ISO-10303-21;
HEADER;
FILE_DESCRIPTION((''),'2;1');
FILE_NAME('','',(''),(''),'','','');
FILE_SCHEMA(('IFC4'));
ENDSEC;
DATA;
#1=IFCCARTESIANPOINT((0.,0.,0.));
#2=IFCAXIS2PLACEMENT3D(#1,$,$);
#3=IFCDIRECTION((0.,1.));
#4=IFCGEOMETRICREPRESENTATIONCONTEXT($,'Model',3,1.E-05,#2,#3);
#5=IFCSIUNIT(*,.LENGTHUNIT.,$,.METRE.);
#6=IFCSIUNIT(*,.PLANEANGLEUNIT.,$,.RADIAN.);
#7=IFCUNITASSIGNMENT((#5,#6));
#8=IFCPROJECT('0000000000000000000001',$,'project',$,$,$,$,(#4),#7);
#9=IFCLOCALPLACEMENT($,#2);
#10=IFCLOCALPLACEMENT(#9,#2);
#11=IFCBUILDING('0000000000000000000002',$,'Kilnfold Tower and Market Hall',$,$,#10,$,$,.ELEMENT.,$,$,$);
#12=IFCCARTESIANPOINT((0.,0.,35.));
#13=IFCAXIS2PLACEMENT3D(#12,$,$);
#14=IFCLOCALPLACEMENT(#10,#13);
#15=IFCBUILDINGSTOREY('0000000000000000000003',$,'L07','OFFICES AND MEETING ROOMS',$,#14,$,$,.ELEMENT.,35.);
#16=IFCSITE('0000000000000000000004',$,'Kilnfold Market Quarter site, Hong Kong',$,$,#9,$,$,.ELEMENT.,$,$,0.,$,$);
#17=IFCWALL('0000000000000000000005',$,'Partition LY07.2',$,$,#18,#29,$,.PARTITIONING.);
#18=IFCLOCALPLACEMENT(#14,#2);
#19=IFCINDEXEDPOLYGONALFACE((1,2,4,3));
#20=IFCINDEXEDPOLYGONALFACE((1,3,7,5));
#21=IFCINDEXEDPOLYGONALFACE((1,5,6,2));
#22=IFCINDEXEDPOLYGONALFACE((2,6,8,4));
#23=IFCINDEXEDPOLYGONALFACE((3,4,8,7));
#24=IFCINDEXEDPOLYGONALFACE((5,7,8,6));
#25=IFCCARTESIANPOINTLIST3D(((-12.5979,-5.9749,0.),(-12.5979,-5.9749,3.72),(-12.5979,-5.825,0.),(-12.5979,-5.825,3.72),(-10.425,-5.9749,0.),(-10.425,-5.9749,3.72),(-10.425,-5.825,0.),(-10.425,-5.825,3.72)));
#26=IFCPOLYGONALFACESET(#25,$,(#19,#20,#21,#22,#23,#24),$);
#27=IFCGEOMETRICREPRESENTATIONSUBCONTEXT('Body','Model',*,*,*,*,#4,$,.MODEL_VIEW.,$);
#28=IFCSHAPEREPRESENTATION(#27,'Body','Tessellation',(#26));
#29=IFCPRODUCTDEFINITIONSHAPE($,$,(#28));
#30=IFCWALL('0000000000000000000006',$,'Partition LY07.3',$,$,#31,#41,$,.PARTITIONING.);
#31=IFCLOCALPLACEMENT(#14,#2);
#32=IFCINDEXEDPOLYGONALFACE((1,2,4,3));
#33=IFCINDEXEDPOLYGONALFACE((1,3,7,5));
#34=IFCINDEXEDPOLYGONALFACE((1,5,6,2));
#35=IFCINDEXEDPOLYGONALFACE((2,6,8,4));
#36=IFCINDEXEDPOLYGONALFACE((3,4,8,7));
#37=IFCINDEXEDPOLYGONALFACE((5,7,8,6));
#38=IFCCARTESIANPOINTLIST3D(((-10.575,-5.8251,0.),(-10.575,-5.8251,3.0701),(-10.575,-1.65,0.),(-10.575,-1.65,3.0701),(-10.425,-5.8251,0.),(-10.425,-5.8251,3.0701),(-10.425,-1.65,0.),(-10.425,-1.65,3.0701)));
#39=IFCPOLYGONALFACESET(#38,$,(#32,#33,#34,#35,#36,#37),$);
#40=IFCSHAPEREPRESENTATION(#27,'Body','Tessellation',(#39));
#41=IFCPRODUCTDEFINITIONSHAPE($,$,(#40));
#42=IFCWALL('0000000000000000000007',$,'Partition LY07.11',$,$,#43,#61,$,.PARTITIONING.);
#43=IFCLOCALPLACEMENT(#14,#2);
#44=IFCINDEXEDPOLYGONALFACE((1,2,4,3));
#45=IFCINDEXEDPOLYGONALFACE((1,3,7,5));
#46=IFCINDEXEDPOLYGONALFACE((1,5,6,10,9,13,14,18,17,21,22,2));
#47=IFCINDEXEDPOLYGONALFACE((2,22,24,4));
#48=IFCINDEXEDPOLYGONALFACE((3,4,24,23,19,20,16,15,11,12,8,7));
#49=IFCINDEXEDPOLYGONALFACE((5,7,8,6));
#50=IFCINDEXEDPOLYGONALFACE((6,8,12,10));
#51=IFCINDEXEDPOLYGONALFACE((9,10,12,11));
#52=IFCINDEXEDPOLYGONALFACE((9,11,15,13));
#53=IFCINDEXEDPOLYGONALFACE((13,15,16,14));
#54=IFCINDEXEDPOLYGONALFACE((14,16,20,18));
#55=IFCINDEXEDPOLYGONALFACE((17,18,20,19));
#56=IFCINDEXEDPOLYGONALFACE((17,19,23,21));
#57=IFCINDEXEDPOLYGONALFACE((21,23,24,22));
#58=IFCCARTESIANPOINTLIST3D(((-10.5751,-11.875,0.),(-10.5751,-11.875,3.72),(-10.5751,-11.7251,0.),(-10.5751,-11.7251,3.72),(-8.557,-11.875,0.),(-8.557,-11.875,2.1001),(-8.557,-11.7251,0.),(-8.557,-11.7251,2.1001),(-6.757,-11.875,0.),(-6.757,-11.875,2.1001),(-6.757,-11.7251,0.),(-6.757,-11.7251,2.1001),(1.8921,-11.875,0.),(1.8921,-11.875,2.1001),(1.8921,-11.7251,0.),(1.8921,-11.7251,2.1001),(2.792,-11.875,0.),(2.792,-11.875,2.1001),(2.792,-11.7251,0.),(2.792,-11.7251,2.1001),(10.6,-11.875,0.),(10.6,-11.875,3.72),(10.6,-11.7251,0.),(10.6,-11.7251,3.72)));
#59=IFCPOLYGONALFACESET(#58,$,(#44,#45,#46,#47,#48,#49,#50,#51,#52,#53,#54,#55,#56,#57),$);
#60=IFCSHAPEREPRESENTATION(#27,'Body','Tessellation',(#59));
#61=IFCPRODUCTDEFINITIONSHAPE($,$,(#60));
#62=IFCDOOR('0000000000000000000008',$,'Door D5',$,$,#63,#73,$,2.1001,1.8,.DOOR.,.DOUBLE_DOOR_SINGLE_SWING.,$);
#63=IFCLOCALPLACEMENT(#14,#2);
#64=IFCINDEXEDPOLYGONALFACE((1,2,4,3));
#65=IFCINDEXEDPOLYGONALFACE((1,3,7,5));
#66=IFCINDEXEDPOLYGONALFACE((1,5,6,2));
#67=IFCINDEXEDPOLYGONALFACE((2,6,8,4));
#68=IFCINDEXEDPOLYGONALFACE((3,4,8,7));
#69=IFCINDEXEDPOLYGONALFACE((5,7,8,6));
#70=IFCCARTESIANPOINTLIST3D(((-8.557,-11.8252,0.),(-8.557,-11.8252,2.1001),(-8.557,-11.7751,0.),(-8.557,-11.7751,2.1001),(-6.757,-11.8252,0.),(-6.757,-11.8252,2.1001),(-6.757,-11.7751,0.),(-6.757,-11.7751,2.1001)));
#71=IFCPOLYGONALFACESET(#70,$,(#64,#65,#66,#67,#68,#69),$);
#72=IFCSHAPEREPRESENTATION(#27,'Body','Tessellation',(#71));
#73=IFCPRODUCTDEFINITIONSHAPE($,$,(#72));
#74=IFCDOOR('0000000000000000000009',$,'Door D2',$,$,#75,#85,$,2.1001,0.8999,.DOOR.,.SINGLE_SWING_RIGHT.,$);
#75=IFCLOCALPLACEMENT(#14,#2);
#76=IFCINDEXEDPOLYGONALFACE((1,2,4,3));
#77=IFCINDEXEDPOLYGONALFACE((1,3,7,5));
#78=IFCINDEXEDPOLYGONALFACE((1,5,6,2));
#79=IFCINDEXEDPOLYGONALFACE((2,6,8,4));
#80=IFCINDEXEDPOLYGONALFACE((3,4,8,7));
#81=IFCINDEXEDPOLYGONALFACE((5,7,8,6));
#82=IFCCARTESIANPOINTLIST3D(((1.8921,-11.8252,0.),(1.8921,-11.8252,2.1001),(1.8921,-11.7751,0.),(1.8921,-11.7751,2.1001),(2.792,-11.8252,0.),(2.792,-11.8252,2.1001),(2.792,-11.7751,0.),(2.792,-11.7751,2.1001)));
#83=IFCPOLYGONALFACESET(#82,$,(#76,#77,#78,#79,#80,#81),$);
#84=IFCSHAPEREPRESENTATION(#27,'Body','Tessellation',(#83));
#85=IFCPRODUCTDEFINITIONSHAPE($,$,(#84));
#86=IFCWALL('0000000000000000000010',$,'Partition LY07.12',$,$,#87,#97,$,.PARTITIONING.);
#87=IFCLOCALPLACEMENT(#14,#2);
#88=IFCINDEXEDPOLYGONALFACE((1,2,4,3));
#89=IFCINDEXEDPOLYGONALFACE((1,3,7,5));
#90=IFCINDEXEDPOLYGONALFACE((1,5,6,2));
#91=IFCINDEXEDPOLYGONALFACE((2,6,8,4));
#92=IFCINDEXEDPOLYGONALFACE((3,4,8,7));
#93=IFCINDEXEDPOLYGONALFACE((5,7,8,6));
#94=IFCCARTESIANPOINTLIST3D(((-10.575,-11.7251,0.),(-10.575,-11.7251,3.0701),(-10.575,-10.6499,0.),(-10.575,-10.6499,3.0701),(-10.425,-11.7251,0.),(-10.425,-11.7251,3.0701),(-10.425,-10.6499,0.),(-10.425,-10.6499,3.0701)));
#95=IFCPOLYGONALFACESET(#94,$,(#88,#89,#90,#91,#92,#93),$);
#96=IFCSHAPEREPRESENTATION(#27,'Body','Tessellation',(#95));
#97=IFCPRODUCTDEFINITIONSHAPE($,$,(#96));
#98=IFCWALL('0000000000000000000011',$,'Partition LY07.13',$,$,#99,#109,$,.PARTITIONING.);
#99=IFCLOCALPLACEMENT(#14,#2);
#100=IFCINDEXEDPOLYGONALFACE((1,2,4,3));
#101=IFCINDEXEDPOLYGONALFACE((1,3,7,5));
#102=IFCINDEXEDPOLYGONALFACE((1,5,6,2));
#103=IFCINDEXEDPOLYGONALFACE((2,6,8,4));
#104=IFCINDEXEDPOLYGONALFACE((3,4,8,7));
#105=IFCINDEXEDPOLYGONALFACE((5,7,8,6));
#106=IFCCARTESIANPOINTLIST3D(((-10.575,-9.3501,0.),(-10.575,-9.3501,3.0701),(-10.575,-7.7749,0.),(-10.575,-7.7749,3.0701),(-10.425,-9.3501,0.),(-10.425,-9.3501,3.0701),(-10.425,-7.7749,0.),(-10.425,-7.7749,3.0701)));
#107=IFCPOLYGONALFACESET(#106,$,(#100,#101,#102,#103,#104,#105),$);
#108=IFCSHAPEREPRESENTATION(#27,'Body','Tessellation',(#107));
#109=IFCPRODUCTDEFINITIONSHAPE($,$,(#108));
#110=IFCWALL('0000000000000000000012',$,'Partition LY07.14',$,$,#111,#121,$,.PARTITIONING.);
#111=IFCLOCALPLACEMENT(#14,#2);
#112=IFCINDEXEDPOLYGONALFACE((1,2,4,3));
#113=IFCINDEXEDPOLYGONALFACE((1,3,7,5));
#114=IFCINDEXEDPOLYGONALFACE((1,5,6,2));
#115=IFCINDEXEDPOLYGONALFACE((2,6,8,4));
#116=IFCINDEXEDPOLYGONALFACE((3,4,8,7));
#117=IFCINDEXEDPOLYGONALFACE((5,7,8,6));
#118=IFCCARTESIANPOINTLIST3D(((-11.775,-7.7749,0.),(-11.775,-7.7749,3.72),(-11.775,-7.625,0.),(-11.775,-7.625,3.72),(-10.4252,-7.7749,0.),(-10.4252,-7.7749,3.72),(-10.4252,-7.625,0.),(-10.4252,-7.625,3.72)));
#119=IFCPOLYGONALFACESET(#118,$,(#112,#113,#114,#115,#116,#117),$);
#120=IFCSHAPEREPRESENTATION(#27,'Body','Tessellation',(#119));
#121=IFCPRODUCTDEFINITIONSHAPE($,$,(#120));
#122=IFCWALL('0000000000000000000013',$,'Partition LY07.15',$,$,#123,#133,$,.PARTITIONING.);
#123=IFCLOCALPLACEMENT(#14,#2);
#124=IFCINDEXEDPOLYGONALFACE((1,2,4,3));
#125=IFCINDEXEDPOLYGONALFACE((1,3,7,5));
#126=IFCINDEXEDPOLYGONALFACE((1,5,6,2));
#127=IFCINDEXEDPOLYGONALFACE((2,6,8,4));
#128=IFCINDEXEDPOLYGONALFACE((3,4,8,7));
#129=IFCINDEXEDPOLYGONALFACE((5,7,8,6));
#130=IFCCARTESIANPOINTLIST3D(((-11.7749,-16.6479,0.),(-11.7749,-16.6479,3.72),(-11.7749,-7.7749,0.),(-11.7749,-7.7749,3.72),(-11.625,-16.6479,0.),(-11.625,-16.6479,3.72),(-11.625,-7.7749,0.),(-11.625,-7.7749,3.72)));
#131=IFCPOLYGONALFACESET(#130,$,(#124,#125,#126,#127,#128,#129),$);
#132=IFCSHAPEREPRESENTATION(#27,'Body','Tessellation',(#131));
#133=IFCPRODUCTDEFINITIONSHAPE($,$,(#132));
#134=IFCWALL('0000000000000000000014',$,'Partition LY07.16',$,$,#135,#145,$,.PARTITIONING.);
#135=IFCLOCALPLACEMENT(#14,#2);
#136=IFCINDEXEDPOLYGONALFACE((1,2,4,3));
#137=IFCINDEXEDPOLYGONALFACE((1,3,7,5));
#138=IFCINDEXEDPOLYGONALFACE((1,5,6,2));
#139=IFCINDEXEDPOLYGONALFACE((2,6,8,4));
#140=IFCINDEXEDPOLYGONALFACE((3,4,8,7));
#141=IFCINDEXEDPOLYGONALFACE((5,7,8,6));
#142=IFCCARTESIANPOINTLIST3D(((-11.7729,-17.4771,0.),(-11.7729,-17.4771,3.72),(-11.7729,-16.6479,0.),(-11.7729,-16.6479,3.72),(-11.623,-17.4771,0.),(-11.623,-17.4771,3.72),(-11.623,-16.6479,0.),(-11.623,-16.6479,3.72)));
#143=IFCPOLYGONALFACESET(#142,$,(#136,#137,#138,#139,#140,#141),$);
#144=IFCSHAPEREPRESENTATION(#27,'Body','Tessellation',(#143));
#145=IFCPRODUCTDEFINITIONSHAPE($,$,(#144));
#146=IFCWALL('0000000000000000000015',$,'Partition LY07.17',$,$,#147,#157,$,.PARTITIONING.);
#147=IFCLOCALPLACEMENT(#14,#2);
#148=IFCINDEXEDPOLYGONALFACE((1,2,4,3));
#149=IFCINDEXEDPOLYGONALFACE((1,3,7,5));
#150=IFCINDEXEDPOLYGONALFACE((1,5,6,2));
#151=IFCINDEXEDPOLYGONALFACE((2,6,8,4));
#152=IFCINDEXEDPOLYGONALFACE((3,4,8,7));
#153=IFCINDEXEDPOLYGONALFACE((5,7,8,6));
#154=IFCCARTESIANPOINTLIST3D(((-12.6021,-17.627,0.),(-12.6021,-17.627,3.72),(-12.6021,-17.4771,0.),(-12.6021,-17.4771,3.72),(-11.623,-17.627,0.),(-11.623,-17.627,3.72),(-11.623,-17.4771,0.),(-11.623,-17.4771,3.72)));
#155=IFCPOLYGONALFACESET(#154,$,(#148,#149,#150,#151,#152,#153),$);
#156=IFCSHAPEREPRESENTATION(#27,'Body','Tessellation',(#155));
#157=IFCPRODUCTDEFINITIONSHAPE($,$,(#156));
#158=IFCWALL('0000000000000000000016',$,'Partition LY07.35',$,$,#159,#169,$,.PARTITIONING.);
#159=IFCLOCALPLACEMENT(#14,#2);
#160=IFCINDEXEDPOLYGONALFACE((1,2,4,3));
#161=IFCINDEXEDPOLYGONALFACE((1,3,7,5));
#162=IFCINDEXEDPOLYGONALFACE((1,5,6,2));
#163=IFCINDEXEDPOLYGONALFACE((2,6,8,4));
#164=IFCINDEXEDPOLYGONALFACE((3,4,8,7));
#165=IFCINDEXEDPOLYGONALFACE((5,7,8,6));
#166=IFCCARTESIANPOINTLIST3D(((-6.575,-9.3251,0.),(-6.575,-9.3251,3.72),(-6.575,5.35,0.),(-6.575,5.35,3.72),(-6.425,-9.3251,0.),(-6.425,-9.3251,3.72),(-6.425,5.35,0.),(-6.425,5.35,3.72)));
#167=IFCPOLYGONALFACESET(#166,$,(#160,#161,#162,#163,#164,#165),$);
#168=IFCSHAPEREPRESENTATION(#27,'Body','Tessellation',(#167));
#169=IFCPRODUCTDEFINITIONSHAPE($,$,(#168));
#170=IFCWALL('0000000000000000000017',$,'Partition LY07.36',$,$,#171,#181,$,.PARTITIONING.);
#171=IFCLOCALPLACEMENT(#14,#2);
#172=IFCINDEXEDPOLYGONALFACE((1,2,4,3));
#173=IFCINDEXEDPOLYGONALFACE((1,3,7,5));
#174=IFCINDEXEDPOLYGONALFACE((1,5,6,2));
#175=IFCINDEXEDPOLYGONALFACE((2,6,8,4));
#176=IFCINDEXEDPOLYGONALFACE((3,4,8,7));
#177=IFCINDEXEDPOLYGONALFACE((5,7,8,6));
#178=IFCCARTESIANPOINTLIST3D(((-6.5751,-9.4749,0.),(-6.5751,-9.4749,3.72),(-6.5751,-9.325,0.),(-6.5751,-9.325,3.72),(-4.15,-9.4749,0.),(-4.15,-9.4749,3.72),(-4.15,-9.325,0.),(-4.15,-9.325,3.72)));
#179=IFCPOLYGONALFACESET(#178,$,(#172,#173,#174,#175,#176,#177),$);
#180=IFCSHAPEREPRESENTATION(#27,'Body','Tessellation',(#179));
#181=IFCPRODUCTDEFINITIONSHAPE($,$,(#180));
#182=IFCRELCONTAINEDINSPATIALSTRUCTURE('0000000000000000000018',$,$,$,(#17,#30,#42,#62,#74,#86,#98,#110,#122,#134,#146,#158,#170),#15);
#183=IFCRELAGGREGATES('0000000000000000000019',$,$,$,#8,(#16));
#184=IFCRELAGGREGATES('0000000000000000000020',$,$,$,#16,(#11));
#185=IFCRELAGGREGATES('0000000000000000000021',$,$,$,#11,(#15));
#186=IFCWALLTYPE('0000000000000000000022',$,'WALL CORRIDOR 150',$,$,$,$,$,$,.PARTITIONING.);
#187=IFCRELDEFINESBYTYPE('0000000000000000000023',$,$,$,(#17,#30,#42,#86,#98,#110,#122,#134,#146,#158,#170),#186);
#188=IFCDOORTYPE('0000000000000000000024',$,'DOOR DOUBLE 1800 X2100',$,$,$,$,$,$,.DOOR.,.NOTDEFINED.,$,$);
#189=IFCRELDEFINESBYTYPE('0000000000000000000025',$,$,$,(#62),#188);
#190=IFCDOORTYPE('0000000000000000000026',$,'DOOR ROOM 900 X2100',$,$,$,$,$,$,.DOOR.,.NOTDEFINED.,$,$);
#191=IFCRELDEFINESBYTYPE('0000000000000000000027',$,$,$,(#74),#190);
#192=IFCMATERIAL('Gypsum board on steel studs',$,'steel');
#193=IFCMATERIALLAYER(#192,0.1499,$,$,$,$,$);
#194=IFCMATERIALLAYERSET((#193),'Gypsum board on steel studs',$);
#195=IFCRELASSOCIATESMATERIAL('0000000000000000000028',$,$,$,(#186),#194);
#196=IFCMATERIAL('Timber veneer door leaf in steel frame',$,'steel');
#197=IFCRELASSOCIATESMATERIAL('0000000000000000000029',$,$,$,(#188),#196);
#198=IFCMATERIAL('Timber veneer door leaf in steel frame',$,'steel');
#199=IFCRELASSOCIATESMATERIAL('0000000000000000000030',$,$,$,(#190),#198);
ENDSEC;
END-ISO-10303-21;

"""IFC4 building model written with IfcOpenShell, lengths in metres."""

from ifc_helpers import new_model, si_unit, direction, frame, frame_2d, origin, place, context, subcontext, project, spatial, rectangle, extrude, material, layer, layer_set, type_object, element, fill, save


model = new_model("IFC4")

# Units and contexts
model_context = context("Model", 3, precision=1e-05, world=origin(), true_north=direction((0.0, 1.0)))
body_context = subcontext(model_context, "Body", "Model", "MODEL_VIEW")
ifc_project = project(units=[si_unit("LENGTHUNIT", "METRE"), si_unit("PLANEANGLEUNIT", "RADIAN")], contexts=[model_context])

# Site, building, storey
site_placement = place(None, origin())
site = spatial("IfcSite", under=ifc_project, at=site_placement, Name="Kilnfold Market Quarter site, Hong Kong", CompositionType="ELEMENT", RefElevation=0.0)
building_placement = place(site_placement, origin())
building = spatial("IfcBuilding", under=site, at=building_placement, Name="Kilnfold Tower and Market Hall", CompositionType="ELEMENT")
storey_placement = place(building_placement, frame((0.0, 0.0, 35.0)))
storey = spatial("IfcBuildingStorey", under=building, at=storey_placement, Name="L07", Description="OFFICES AND MEETING ROOMS", CompositionType="ELEMENT", Elevation=35.0)

# Walls
ifc_material_1 = material(Name="Gypsum board on steel studs", Category="steel")
ifc_layer_1 = layer(ifc_material_1, 0.1499)
ifc_layer_set_1 = layer_set([ifc_layer_1], Name="Gypsum board on steel studs")
wall_type_1 = type_object("IfcWallType", Name="WALL CORRIDOR 150", PredefinedType="PARTITIONING", material=ifc_layer_set_1)
wall_1_placement = place(storey_placement, frame((-10.425, -5.8999, 0.0), z_axis=(0.0, 0.0, 1.0), x_axis=(-1.0, 0.0, 0.0)))
element("IfcWall", 1, at=wall_1_placement, inside=storey, type_object=wall_type_1, Name="Partition LY07.2", PredefinedType="PARTITIONING", context=body_context, shape_type="SweptSolid", body=[
    extrude(rectangle(XDim=2.1729, YDim=0.1499, at=frame_2d((1.0864, 0.0))), origin(), (0.0, 0.0, 1.0), 3.72),
])
wall_2_placement = place(storey_placement, frame((-10.5, -5.825, 0.0), z_axis=(0.0, 0.0, 1.0), x_axis=(0.0, 1.0, 0.0)))
element("IfcWall", 2, at=wall_2_placement, inside=storey, type_object=wall_type_1, Name="Partition LY07.3", PredefinedType="PARTITIONING", context=body_context, shape_type="SweptSolid", body=[
    extrude(rectangle(XDim=4.175, YDim=0.1499, at=frame_2d((2.0874, 0.0))), origin(), (0.0, 0.0, 1.0), 3.0701),
])

# Wall, openings, doors
wall_3_placement = place(storey_placement, frame((-10.575, -11.8, 0.0), z_axis=(0.0, 0.0, 1.0), x_axis=(1.0, 0.0, 0.0)))
wall_3 = element("IfcWall", 3, at=wall_3_placement, inside=storey, type_object=wall_type_1, Name="Partition LY07.11", PredefinedType="PARTITIONING", context=body_context, shape_type="SweptSolid", body=[
    extrude(rectangle(XDim=21.175, YDim=0.1499, at=frame_2d((10.5874, 0.0))), origin(), (0.0, 0.0, 1.0), 3.72),
])
opening_1_placement = place(wall_3_placement, frame((2.0181, 0.0, 0.0)))
opening_1 = element("IfcOpeningElement", 4, at=opening_1_placement, cuts=wall_3, PredefinedType="OPENING", context=body_context, shape_type="SweptSolid", body=[
    extrude(rectangle(XDim=1.8, YDim=2.1001, at=frame_2d((0.8999, 1.05))), frame((0.0, 0.085, 0.0), z_axis=(0.0, -1.0, 0.0), x_axis=(1.0, 0.0, 0.0)), (0.0, 0.0, 1.0), 0.1699),
])
opening_2_placement = place(wall_3_placement, frame((12.467, 0.0, 0.0)))
opening_2 = element("IfcOpeningElement", 5, at=opening_2_placement, cuts=wall_3, PredefinedType="OPENING", context=body_context, shape_type="SweptSolid", body=[
    extrude(rectangle(XDim=0.8999, YDim=2.1001, at=frame_2d((0.45, 1.05))), frame((0.0, 0.085, 0.0), z_axis=(0.0, -1.0, 0.0), x_axis=(1.0, 0.0, 0.0)), (0.0, 0.0, 1.0), 0.1699),
])
ifc_material_2 = material(Name="Timber veneer door leaf in steel frame", Category="steel")
door_type_1 = type_object("IfcDoorType", Name="DOOR DOUBLE 1800 X2100", OperationType="NOTDEFINED", PredefinedType="DOOR", material=ifc_material_2)
door_1_placement = place(opening_1_placement, origin())
door_1 = element("IfcDoor", 6, at=door_1_placement, inside=storey, type_object=door_type_1, Name="Door D5", OperationType="DOUBLE_DOOR_SINGLE_SWING", OverallHeight=2.1001, OverallWidth=1.8, PredefinedType="DOOR", context=body_context, shape_type="SweptSolid", body=[
    extrude(rectangle(XDim=1.8, YDim=2.1001, at=frame_2d((0.8999, 1.05))), frame((0.0, 0.0249, 0.0), z_axis=(0.0, -1.0, 0.0), x_axis=(1.0, 0.0, 0.0)), (0.0, 0.0, 1.0), 0.05),
])
fill(opening_1, door_1)
ifc_material_3 = material(Name="Timber veneer door leaf in steel frame", Category="steel")
door_type_2 = type_object("IfcDoorType", Name="DOOR ROOM 900 X2100", OperationType="NOTDEFINED", PredefinedType="DOOR", material=ifc_material_3)
door_2_placement = place(opening_2_placement, origin())
door_2 = element("IfcDoor", 7, at=door_2_placement, inside=storey, type_object=door_type_2, Name="Door D2", OperationType="SINGLE_SWING_RIGHT", OverallHeight=2.1001, OverallWidth=0.8999, PredefinedType="DOOR", context=body_context, shape_type="SweptSolid", body=[
    extrude(rectangle(XDim=0.8999, YDim=2.1001, at=frame_2d((0.45, 1.05))), frame((0.0, 0.0249, 0.0), z_axis=(0.0, -1.0, 0.0), x_axis=(1.0, 0.0, 0.0)), (0.0, 0.0, 1.0), 0.05),
])
fill(opening_2, door_2)

# Walls
wall_4_placement = place(storey_placement, frame((-10.5, -11.7251, 0.0), z_axis=(0.0, 0.0, 1.0), x_axis=(0.0, 1.0, 0.0)))
element("IfcWall", 8, at=wall_4_placement, inside=storey, type_object=wall_type_1, Name="Partition LY07.12", PredefinedType="PARTITIONING", context=body_context, shape_type="SweptSolid", body=[
    extrude(rectangle(XDim=1.0752, YDim=0.1499, at=frame_2d((0.5376, 0.0))), origin(), (0.0, 0.0, 1.0), 3.0701),
])
wall_5_placement = place(storey_placement, frame((-10.5, -9.3501, 0.0), z_axis=(0.0, 0.0, 1.0), x_axis=(0.0, 1.0, 0.0)))
element("IfcWall", 9, at=wall_5_placement, inside=storey, type_object=wall_type_1, Name="Partition LY07.13", PredefinedType="PARTITIONING", context=body_context, shape_type="SweptSolid", body=[
    extrude(rectangle(XDim=1.5752, YDim=0.1499, at=frame_2d((0.7876, 0.0))), origin(), (0.0, 0.0, 1.0), 3.0701),
])
wall_6_placement = place(storey_placement, frame((-11.7749, -7.7, 0.0), z_axis=(0.0, 0.0, 1.0), x_axis=(1.0, 0.0, 0.0)))
element("IfcWall", 10, at=wall_6_placement, inside=storey, type_object=wall_type_1, Name="Partition LY07.14", PredefinedType="PARTITIONING", context=body_context, shape_type="SweptSolid", body=[
    extrude(rectangle(XDim=1.3499, YDim=0.1499, at=frame_2d((0.6748, 0.0))), origin(), (0.0, 0.0, 1.0), 3.72),
])
wall_7_placement = place(storey_placement, frame((-11.7, -16.6479, 0.0), z_axis=(0.0, 0.0, 1.0), x_axis=(0.0, 1.0, 0.0)))
element("IfcWall", 11, at=wall_7_placement, inside=storey, type_object=wall_type_1, Name="Partition LY07.15", PredefinedType="PARTITIONING", context=body_context, shape_type="SweptSolid", body=[
    extrude(rectangle(XDim=8.873, YDim=0.1499, at=frame_2d((4.4365, 0.0))), origin(), (0.0, 0.0, 1.0), 3.72),
])
wall_8_placement = place(storey_placement, frame((-11.698, -17.4771, 0.0), z_axis=(0.0, 0.0, 1.0), x_axis=(0.0, 1.0, 0.0)))
element("IfcWall", 12, at=wall_8_placement, inside=storey, type_object=wall_type_1, Name="Partition LY07.16", PredefinedType="PARTITIONING", context=body_context, shape_type="SweptSolid", body=[
    extrude(rectangle(XDim=0.8291, YDim=0.1499, at=frame_2d((0.4146, 0.0))), origin(), (0.0, 0.0, 1.0), 3.72),
])
wall_9_placement = place(storey_placement, frame((-12.6021, -17.552, 0.0), z_axis=(0.0, 0.0, 1.0), x_axis=(1.0, 0.0, 0.0)))
element("IfcWall", 13, at=wall_9_placement, inside=storey, type_object=wall_type_1, Name="Partition LY07.17", PredefinedType="PARTITIONING", context=body_context, shape_type="SweptSolid", body=[
    extrude(rectangle(XDim=0.979, YDim=0.1499, at=frame_2d((0.4895, 0.0))), origin(), (0.0, 0.0, 1.0), 3.72),
])
wall_10_placement = place(storey_placement, frame((-6.5, -9.325, 0.0), z_axis=(0.0, 0.0, 1.0), x_axis=(0.0, 1.0, 0.0)))
element("IfcWall", 14, at=wall_10_placement, inside=storey, type_object=wall_type_1, Name="Partition LY07.35", PredefinedType="PARTITIONING", context=body_context, shape_type="SweptSolid", body=[
    extrude(rectangle(XDim=14.675, YDim=0.1499, at=frame_2d((7.3374, 0.0))), origin(), (0.0, 0.0, 1.0), 3.72),
])
wall_11_placement = place(storey_placement, frame((-6.575, -9.3999, 0.0), z_axis=(0.0, 0.0, 1.0), x_axis=(1.0, 0.0, 0.0)))
element("IfcWall", 15, at=wall_11_placement, inside=storey, type_object=wall_type_1, Name="Partition LY07.36", PredefinedType="PARTITIONING", context=body_context, shape_type="SweptSolid", body=[
    extrude(rectangle(XDim=2.425, YDim=0.1499, at=frame_2d((1.2124, 0.0))), origin(), (0.0, 0.0, 1.0), 3.72),
])

save(model, "model.ifc")
